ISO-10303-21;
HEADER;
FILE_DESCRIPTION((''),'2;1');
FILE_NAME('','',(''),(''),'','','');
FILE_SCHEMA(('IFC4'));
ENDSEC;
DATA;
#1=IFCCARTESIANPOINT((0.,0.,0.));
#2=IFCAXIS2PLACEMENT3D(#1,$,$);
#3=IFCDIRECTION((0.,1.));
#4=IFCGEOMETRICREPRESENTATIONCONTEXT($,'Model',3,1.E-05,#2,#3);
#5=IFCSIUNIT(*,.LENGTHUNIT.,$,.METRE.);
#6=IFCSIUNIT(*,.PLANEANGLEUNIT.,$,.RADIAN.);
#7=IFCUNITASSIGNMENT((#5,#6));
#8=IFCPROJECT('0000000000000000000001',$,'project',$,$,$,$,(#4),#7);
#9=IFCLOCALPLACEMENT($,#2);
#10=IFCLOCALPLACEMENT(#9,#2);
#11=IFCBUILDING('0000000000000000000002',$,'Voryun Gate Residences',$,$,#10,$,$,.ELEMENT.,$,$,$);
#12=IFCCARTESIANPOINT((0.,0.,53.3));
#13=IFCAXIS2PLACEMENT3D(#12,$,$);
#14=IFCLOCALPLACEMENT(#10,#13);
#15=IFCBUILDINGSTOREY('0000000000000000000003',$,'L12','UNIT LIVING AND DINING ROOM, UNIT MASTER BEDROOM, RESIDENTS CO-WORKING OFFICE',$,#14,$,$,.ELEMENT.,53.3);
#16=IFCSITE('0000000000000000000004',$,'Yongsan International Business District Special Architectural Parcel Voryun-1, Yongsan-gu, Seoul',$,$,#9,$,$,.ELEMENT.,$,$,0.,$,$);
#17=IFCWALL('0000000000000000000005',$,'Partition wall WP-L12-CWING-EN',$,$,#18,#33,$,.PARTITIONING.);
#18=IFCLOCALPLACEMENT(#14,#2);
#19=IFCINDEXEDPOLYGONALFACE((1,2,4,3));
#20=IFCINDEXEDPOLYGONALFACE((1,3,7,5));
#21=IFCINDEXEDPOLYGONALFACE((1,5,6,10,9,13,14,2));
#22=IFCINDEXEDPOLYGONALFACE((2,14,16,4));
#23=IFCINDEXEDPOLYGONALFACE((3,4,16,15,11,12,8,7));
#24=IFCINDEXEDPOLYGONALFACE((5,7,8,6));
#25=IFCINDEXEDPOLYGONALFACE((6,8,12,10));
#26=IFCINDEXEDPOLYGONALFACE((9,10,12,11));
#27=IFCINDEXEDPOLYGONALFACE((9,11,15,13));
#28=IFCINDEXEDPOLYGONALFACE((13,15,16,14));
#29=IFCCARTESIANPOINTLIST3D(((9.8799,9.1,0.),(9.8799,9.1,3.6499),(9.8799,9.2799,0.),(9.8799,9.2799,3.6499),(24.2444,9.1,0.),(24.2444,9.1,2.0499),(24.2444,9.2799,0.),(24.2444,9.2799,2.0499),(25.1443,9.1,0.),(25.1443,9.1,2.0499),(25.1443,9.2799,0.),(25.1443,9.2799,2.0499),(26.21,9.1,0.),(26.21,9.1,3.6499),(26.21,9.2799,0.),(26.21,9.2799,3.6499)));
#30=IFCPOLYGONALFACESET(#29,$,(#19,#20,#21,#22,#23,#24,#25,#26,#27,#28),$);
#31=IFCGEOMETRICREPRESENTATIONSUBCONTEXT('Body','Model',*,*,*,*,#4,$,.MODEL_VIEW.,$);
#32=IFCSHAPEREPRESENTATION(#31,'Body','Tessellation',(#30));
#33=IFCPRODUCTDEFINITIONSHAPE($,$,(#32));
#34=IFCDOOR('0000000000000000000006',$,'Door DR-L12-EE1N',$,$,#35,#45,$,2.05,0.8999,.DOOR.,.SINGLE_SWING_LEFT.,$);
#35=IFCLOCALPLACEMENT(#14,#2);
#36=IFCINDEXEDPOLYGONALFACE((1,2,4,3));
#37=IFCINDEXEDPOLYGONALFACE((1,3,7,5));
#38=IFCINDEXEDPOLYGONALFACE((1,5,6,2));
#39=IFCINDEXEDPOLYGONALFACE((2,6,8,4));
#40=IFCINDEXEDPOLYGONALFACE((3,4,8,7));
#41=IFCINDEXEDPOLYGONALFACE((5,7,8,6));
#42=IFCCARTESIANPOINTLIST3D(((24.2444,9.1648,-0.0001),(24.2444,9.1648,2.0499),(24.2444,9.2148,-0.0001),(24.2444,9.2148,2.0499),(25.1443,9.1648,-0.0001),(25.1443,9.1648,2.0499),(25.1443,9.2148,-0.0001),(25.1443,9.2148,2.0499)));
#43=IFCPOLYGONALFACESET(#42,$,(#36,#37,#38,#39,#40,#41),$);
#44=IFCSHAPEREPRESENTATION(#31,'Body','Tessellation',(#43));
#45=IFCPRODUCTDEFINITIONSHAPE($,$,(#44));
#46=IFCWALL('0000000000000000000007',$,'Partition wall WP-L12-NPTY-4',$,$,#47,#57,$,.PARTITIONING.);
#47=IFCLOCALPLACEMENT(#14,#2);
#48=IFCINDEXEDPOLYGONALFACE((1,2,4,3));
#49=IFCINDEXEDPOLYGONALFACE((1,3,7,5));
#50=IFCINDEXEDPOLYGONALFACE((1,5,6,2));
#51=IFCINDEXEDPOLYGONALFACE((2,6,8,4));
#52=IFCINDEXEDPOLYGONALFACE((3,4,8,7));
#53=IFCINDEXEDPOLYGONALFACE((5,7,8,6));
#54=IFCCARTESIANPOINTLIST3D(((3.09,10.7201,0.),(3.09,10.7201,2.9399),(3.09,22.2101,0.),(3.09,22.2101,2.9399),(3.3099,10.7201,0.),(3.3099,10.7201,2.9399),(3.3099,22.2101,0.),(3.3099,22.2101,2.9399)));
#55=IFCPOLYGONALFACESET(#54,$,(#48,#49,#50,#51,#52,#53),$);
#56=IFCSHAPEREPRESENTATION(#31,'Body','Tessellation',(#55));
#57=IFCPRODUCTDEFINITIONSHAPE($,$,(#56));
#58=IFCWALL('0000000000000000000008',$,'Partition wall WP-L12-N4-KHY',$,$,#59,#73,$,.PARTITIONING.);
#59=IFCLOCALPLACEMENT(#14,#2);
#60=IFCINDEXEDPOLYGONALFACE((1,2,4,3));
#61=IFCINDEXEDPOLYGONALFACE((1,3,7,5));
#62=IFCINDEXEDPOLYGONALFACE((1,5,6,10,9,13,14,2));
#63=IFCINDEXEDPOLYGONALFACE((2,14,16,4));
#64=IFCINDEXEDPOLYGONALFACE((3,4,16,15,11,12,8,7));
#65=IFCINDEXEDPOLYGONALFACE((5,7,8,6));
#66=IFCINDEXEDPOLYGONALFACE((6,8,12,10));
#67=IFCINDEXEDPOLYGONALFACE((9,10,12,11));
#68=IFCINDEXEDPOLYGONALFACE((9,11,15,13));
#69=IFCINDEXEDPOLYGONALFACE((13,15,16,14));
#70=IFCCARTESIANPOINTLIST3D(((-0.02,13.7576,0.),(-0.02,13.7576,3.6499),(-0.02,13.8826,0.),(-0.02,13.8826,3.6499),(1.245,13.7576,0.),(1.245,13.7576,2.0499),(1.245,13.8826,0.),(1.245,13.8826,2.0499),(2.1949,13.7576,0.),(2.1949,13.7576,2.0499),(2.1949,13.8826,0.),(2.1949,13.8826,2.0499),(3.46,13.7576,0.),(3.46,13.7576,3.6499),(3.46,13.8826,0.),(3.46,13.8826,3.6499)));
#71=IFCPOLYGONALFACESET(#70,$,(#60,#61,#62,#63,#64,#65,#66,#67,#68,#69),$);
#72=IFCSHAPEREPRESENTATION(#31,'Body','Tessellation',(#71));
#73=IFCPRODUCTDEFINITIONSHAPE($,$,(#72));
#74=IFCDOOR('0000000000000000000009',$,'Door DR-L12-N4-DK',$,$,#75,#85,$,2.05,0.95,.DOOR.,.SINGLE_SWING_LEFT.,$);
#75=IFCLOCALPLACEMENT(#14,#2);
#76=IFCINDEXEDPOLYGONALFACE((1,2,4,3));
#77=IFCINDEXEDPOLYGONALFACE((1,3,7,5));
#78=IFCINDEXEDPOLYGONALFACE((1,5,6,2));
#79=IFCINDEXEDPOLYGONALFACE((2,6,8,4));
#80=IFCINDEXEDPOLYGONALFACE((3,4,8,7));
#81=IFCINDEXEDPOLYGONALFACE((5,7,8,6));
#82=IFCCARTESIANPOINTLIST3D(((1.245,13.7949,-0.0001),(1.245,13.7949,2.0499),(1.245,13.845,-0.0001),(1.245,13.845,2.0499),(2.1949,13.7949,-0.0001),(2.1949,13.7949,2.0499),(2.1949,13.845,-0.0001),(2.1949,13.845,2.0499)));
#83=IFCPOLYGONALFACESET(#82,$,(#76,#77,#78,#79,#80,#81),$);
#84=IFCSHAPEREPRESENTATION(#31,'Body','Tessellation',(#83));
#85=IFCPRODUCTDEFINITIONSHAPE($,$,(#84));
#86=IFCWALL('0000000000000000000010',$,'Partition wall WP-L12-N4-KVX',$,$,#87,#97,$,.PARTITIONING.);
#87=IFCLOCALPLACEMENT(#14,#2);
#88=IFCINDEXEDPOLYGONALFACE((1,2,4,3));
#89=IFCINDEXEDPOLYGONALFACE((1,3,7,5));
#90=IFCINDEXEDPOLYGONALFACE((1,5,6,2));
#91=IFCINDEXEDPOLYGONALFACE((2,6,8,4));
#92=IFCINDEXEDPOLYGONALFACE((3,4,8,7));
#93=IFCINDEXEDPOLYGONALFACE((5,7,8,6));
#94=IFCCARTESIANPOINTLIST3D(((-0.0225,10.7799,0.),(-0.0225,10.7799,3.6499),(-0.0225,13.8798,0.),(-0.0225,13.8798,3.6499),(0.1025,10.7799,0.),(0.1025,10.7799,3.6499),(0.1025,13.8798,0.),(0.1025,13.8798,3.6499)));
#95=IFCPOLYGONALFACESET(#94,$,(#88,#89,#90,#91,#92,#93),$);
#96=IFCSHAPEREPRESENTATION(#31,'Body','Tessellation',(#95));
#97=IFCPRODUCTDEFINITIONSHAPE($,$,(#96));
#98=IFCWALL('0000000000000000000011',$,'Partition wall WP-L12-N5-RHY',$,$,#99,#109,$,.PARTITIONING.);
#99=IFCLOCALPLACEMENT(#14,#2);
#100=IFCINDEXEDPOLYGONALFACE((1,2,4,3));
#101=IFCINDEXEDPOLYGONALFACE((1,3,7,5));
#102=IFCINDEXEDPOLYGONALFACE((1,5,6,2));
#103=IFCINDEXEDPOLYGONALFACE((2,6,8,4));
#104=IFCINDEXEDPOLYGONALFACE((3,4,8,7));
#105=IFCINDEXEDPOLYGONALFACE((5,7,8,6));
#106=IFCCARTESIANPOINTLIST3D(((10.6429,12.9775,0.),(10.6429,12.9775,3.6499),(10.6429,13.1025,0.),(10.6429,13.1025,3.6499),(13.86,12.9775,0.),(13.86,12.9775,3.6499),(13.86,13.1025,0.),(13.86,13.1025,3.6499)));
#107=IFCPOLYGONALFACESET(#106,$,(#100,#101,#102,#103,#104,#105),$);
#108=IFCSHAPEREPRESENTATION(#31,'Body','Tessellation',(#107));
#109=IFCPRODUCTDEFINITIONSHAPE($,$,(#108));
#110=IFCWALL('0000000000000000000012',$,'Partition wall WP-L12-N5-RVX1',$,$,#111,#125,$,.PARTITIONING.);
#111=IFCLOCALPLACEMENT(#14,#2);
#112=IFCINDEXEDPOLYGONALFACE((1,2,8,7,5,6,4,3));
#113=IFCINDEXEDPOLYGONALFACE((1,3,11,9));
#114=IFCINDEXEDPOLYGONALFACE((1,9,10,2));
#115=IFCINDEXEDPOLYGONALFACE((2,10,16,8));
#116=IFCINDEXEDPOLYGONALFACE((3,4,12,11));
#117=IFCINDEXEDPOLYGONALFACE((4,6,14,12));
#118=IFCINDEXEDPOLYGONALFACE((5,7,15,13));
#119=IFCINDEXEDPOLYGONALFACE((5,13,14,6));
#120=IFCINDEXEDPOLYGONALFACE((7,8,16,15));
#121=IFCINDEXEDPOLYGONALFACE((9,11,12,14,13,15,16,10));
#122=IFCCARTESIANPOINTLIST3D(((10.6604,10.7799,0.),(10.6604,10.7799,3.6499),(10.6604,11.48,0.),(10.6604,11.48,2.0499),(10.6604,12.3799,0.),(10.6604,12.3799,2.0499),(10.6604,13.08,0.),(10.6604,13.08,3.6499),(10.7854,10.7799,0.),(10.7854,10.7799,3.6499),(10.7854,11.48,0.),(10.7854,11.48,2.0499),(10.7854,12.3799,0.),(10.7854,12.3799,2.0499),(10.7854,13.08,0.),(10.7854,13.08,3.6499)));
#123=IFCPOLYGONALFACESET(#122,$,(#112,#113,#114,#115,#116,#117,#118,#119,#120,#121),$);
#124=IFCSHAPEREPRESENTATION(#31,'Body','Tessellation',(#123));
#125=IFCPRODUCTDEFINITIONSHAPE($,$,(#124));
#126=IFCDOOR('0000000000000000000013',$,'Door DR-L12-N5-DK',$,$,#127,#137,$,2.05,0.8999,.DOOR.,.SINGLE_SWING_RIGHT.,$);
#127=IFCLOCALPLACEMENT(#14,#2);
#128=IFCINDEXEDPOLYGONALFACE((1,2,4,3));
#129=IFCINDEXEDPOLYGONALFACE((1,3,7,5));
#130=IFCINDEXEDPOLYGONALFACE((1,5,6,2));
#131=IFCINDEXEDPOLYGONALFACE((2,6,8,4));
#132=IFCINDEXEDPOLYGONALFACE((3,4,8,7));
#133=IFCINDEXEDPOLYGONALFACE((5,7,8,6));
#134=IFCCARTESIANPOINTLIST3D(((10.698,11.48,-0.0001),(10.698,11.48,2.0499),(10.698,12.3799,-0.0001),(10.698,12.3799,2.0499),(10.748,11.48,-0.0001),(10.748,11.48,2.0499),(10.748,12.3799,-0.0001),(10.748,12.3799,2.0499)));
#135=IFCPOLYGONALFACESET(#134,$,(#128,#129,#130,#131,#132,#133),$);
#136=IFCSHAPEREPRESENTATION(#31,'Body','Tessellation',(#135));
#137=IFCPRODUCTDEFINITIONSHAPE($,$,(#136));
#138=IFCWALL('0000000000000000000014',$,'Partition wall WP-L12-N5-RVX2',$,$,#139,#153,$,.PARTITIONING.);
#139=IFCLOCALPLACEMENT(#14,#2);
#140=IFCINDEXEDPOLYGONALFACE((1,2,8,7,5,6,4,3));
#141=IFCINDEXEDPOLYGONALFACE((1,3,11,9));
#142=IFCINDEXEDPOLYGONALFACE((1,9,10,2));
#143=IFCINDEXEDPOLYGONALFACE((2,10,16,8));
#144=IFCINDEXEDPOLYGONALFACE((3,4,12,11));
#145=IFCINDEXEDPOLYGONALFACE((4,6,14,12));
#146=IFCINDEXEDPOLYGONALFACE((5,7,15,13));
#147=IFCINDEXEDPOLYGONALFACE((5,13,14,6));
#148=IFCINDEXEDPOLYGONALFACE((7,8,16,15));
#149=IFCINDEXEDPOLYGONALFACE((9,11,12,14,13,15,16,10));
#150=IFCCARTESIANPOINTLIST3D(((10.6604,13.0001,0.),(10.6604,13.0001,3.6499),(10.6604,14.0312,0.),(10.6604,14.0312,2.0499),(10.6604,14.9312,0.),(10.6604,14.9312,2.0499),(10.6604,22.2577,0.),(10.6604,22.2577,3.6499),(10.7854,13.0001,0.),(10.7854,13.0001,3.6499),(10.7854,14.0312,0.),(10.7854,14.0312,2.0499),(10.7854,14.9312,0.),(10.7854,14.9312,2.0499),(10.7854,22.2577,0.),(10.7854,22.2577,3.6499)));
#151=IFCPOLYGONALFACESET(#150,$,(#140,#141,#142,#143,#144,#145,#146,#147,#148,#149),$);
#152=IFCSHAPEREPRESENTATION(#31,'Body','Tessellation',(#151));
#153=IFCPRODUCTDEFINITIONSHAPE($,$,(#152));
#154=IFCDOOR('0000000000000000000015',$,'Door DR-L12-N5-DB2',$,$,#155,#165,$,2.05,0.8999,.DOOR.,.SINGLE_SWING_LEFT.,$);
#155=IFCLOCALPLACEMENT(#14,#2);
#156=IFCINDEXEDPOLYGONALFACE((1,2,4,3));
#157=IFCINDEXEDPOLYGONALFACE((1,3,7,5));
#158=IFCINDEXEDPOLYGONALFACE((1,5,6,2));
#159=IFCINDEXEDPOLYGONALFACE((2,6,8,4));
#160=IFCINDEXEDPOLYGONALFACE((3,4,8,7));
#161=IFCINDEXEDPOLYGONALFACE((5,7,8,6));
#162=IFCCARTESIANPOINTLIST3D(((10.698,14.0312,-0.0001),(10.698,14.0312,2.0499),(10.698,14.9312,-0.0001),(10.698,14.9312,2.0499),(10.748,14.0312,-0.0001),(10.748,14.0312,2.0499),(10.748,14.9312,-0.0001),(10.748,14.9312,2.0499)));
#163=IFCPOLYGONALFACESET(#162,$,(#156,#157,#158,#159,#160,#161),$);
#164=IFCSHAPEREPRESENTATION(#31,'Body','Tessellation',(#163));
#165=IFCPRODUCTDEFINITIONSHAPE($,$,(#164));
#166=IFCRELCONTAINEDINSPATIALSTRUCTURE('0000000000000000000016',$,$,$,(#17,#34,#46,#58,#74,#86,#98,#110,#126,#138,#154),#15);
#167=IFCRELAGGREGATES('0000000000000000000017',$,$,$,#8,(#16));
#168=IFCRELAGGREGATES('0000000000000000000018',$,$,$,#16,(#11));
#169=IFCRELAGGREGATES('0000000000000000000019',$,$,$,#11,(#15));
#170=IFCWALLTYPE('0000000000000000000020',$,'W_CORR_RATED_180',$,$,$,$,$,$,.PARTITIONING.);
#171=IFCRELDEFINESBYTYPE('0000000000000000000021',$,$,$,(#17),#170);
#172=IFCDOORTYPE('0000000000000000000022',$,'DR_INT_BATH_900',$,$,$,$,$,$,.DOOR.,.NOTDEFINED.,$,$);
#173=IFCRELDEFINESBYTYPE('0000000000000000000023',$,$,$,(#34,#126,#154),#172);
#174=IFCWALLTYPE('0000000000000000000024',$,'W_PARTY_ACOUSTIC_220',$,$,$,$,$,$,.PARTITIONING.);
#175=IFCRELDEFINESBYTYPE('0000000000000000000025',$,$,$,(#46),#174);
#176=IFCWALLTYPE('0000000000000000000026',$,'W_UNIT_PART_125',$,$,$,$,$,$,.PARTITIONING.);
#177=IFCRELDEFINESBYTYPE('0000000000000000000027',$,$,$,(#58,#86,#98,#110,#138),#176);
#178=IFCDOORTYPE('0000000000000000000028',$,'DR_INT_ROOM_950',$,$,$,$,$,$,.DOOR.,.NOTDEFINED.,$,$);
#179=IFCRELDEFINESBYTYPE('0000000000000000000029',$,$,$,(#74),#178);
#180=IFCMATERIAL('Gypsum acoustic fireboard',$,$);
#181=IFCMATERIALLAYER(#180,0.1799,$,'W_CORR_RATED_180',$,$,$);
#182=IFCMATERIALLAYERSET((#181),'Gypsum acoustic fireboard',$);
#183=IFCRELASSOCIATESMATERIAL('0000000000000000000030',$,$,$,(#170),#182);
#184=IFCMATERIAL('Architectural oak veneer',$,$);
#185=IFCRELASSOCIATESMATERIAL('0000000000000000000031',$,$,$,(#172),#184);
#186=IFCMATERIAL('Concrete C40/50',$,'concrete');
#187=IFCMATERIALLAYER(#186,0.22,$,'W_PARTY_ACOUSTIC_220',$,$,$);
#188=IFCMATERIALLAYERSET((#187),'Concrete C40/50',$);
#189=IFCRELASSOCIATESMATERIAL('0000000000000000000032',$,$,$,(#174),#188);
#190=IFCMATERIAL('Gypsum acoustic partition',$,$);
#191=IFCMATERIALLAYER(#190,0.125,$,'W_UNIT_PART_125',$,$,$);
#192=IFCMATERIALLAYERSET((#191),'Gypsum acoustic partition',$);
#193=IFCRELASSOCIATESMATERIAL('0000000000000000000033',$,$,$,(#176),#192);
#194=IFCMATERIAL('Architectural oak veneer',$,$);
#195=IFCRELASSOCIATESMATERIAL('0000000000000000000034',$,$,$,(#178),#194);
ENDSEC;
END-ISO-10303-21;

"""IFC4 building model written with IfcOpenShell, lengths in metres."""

from ifc_helpers import new_model, si_unit, direction, frame, frame_2d, origin, place, context, subcontext, project, spatial, rectangle, extrude, material, layer, layer_set, type_object, element, fill, save


model = new_model("IFC4")

# Units and contexts
model_context = context("Model", 3, precision=1e-05, world=origin(), true_north=direction((0.0, 1.0)))
body_context = subcontext(model_context, "Body", "Model", "MODEL_VIEW")
ifc_project = project(units=[si_unit("LENGTHUNIT", "METRE"), si_unit("PLANEANGLEUNIT", "RADIAN")], contexts=[model_context])

# Site, building, storey
site_placement = place(None, origin())
site = spatial("IfcSite", under=ifc_project, at=site_placement, Name="Yongsan International Business District Special Architectural Parcel Voryun-1, Yongsan-gu, Seoul", CompositionType="ELEMENT", RefElevation=0.0)
building_placement = place(site_placement, origin())
building = spatial("IfcBuilding", under=site, at=building_placement, Name="Voryun Gate Residences", CompositionType="ELEMENT")
storey_placement = place(building_placement, frame((0.0, 0.0, 53.3)))
storey = spatial("IfcBuildingStorey", under=building, at=storey_placement, Name="L12", Description="UNIT LIVING AND DINING ROOM, UNIT MASTER BEDROOM, RESIDENTS CO-WORKING OFFICE", CompositionType="ELEMENT", Elevation=53.3)

# Wall, opening, door
ifc_material_1 = material(Name="Gypsum acoustic fireboard")
ifc_layer_1 = layer(ifc_material_1, 0.1799, Name="W_CORR_RATED_180")
ifc_layer_set_1 = layer_set([ifc_layer_1], Name="Gypsum acoustic fireboard")
wall_type_1 = type_object("IfcWallType", Name="W_CORR_RATED_180", PredefinedType="PARTITIONING", material=ifc_layer_set_1)
wall_1_placement = place(storey_placement, frame((9.8799, 9.1899, 0.0), z_axis=(0.0, 0.0, 1.0), x_axis=(1.0, 0.0, 0.0)))
wall_1 = element("IfcWall", 1, at=wall_1_placement, inside=storey, type_object=wall_type_1, Name="Partition wall WP-L12-CWING-EN", PredefinedType="PARTITIONING", context=body_context, shape_type="SweptSolid", body=[
    extrude(rectangle(XDim=16.3301, YDim=0.1799, at=frame_2d((8.165, 0.0))), origin(), (0.0, 0.0, 1.0), 3.6499),
])
opening_1_placement = place(wall_1_placement, frame((14.3645, 0.0, 0.0)))
opening_1 = element("IfcOpeningElement", 2, at=opening_1_placement, cuts=wall_1, PredefinedType="OPENING", context=body_context, shape_type="SweptSolid", body=[
    extrude(rectangle(XDim=0.8999, YDim=2.05, at=frame_2d((0.45, 1.0249))), frame((0.0, 0.0999, 0.0), z_axis=(0.0, -1.0, 0.0), x_axis=(1.0, 0.0, 0.0)), (0.0, 0.0, 1.0), 0.2),
])
ifc_material_2 = material(Name="Architectural oak veneer")
door_type_1 = type_object("IfcDoorType", Name="DR_INT_BATH_900", OperationType="NOTDEFINED", PredefinedType="DOOR", material=ifc_material_2)
door_1_placement = place(opening_1_placement, origin())
door_1 = element("IfcDoor", 3, at=door_1_placement, inside=storey, type_object=door_type_1, Name="Door DR-L12-EE1N", OperationType="SINGLE_SWING_LEFT", OverallHeight=2.05, OverallWidth=0.8999, PredefinedType="DOOR", context=body_context, shape_type="SweptSolid", body=[
    extrude(rectangle(XDim=0.8999, YDim=2.05, at=frame_2d((0.45, 1.0249))), frame((0.0, 0.0249, 0.0), z_axis=(0.0, -1.0, 0.0), x_axis=(1.0, 0.0, 0.0)), (0.0, 0.0, 1.0), 0.05),
])
fill(opening_1, door_1)

# Wall
ifc_material_3 = material(Name="Concrete C40/50", Category="concrete")
ifc_layer_2 = layer(ifc_material_3, 0.22, Name="W_PARTY_ACOUSTIC_220")
ifc_layer_set_2 = layer_set([ifc_layer_2], Name="Concrete C40/50")
wall_type_2 = type_object("IfcWallType", Name="W_PARTY_ACOUSTIC_220", PredefinedType="PARTITIONING", material=ifc_layer_set_2)
wall_2_placement = place(storey_placement, frame((3.2, 10.72, 0.0), z_axis=(0.0, 0.0, 1.0), x_axis=(0.0, 1.0, 0.0)))
element("IfcWall", 4, at=wall_2_placement, inside=storey, type_object=wall_type_2, Name="Partition wall WP-L12-NPTY-4", PredefinedType="PARTITIONING", context=body_context, shape_type="SweptSolid", body=[
    extrude(rectangle(XDim=11.49, YDim=0.22, at=frame_2d((5.7451, 0.0))), origin(), (0.0, 0.0, 1.0), 2.9399),
])

# Wall, opening, door
ifc_material_4 = material(Name="Gypsum acoustic partition")
ifc_layer_3 = layer(ifc_material_4, 0.125, Name="W_UNIT_PART_125")
ifc_layer_set_3 = layer_set([ifc_layer_3], Name="Gypsum acoustic partition")
wall_type_3 = type_object("IfcWallType", Name="W_UNIT_PART_125", PredefinedType="PARTITIONING", material=ifc_layer_set_3)
wall_3_placement = place(storey_placement, frame((-0.02, 13.8201, 0.0), z_axis=(0.0, 0.0, 1.0), x_axis=(1.0, 0.0, 0.0)))
wall_3 = element("IfcWall", 5, at=wall_3_placement, inside=storey, type_object=wall_type_3, Name="Partition wall WP-L12-N4-KHY", PredefinedType="PARTITIONING", context=body_context, shape_type="SweptSolid", body=[
    extrude(rectangle(XDim=3.48, YDim=0.125, at=frame_2d((1.74, 0.0))), origin(), (0.0, 0.0, 1.0), 3.6499),
])
opening_2_placement = place(wall_3_placement, frame((1.2649, 0.0, 0.0)))
opening_2 = element("IfcOpeningElement", 6, at=opening_2_placement, cuts=wall_3, PredefinedType="OPENING", context=body_context, shape_type="SweptSolid", body=[
    extrude(rectangle(XDim=0.95, YDim=2.05, at=frame_2d((0.4751, 1.0249))), frame((0.0, 0.0725, 0.0), z_axis=(0.0, -1.0, 0.0), x_axis=(1.0, 0.0, 0.0)), (0.0, 0.0, 1.0), 0.145),
])
ifc_material_5 = material(Name="Architectural oak veneer")
door_type_2 = type_object("IfcDoorType", Name="DR_INT_ROOM_950", OperationType="NOTDEFINED", PredefinedType="DOOR", material=ifc_material_5)
door_2_placement = place(opening_2_placement, origin())
door_2 = element("IfcDoor", 7, at=door_2_placement, inside=storey, type_object=door_type_2, Name="Door DR-L12-N4-DK", OperationType="SINGLE_SWING_LEFT", OverallHeight=2.05, OverallWidth=0.95, PredefinedType="DOOR", context=body_context, shape_type="SweptSolid", body=[
    extrude(rectangle(XDim=0.95, YDim=2.05, at=frame_2d((0.4751, 1.0249))), frame((0.0, 0.0249, 0.0), z_axis=(0.0, -1.0, 0.0), x_axis=(1.0, 0.0, 0.0)), (0.0, 0.0, 1.0), 0.05),
])
fill(opening_2, door_2)

# Walls
wall_4_placement = place(storey_placement, frame((0.04, 10.78, 0.0), z_axis=(0.0, 0.0, 1.0), x_axis=(0.0, 1.0, 0.0)))
element("IfcWall", 8, at=wall_4_placement, inside=storey, type_object=wall_type_3, Name="Partition wall WP-L12-N4-KVX", PredefinedType="PARTITIONING", context=body_context, shape_type="SweptSolid", body=[
    extrude(rectangle(XDim=3.0999, YDim=0.125, at=frame_2d((1.5498, 0.0))), origin(), (0.0, 0.0, 1.0), 3.6499),
])
wall_5_placement = place(storey_placement, frame((10.6431, 13.04, 0.0), z_axis=(0.0, 0.0, 1.0), x_axis=(1.0, 0.0, 0.0)))
element("IfcWall", 9, at=wall_5_placement, inside=storey, type_object=wall_type_3, Name="Partition wall WP-L12-N5-RHY", PredefinedType="PARTITIONING", context=body_context, shape_type="SweptSolid", body=[
    extrude(rectangle(XDim=3.217, YDim=0.125, at=frame_2d((1.6084, 0.0))), origin(), (0.0, 0.0, 1.0), 3.6499),
])

# Walls, openings, doors
wall_6_placement = place(storey_placement, frame((10.7229, 10.78, 0.0), z_axis=(0.0, 0.0, 1.0), x_axis=(0.0, 1.0, 0.0)))
wall_6 = element("IfcWall", 10, at=wall_6_placement, inside=storey, type_object=wall_type_3, Name="Partition wall WP-L12-N5-RVX1", PredefinedType="PARTITIONING", context=body_context, shape_type="SweptSolid", body=[
    extrude(rectangle(XDim=2.3, YDim=0.125, at=frame_2d((1.1499, 0.0))), origin(), (0.0, 0.0, 1.0), 3.6499),
])
opening_3_placement = place(wall_6_placement, frame((0.7, 0.0, 0.0)))
opening_3 = element("IfcOpeningElement", 11, at=opening_3_placement, cuts=wall_6, PredefinedType="OPENING", context=body_context, shape_type="SweptSolid", body=[
    extrude(rectangle(XDim=0.8999, YDim=2.05, at=frame_2d((0.45, 1.0249))), frame((0.0, 0.0725, 0.0), z_axis=(0.0, -1.0, 0.0), x_axis=(1.0, 0.0, 0.0)), (0.0, 0.0, 1.0), 0.145),
])
door_3_placement = place(opening_3_placement, origin())
door_3 = element("IfcDoor", 12, at=door_3_placement, inside=storey, type_object=door_type_1, Name="Door DR-L12-N5-DK", OperationType="SINGLE_SWING_RIGHT", OverallHeight=2.05, OverallWidth=0.8999, PredefinedType="DOOR", context=body_context, shape_type="SweptSolid", body=[
    extrude(rectangle(XDim=0.8999, YDim=2.05, at=frame_2d((0.45, 1.0249))), frame((0.0, 0.0249, 0.0), z_axis=(0.0, -1.0, 0.0), x_axis=(1.0, 0.0, 0.0)), (0.0, 0.0, 1.0), 0.05),
])
fill(opening_3, door_3)
wall_7_placement = place(storey_placement, frame((10.7229, 13.0, 0.0), z_axis=(0.0, 0.0, 1.0), x_axis=(0.0, 1.0, 0.0)))
wall_7 = element("IfcWall", 13, at=wall_7_placement, inside=storey, type_object=wall_type_3, Name="Partition wall WP-L12-N5-RVX2", PredefinedType="PARTITIONING", context=body_context, shape_type="SweptSolid", body=[
    extrude(rectangle(XDim=9.2576, YDim=0.125, at=frame_2d((4.6289, 0.0))), origin(), (0.0, 0.0, 1.0), 3.6499),
])
opening_4_placement = place(wall_7_placement, frame((1.0312, 0.0, 0.0)))
opening_4 = element("IfcOpeningElement", 14, at=opening_4_placement, cuts=wall_7, PredefinedType="OPENING", context=body_context, shape_type="SweptSolid", body=[
    extrude(rectangle(XDim=0.8999, YDim=2.05, at=frame_2d((0.45, 1.0249))), frame((0.0, 0.0725, 0.0), z_axis=(0.0, -1.0, 0.0), x_axis=(1.0, 0.0, 0.0)), (0.0, 0.0, 1.0), 0.145),
])
door_4_placement = place(opening_4_placement, origin())
door_4 = element("IfcDoor", 15, at=door_4_placement, inside=storey, type_object=door_type_1, Name="Door DR-L12-N5-DB2", OperationType="SINGLE_SWING_LEFT", OverallHeight=2.05, OverallWidth=0.8999, PredefinedType="DOOR", context=body_context, shape_type="SweptSolid", body=[
    extrude(rectangle(XDim=0.8999, YDim=2.05, at=frame_2d((0.45, 1.0249))), frame((0.0, 0.0249, 0.0), z_axis=(0.0, -1.0, 0.0), x_axis=(1.0, 0.0, 0.0)), (0.0, 0.0, 1.0), 0.05),
])
fill(opening_4, door_4)

save(model, "model.ifc")
